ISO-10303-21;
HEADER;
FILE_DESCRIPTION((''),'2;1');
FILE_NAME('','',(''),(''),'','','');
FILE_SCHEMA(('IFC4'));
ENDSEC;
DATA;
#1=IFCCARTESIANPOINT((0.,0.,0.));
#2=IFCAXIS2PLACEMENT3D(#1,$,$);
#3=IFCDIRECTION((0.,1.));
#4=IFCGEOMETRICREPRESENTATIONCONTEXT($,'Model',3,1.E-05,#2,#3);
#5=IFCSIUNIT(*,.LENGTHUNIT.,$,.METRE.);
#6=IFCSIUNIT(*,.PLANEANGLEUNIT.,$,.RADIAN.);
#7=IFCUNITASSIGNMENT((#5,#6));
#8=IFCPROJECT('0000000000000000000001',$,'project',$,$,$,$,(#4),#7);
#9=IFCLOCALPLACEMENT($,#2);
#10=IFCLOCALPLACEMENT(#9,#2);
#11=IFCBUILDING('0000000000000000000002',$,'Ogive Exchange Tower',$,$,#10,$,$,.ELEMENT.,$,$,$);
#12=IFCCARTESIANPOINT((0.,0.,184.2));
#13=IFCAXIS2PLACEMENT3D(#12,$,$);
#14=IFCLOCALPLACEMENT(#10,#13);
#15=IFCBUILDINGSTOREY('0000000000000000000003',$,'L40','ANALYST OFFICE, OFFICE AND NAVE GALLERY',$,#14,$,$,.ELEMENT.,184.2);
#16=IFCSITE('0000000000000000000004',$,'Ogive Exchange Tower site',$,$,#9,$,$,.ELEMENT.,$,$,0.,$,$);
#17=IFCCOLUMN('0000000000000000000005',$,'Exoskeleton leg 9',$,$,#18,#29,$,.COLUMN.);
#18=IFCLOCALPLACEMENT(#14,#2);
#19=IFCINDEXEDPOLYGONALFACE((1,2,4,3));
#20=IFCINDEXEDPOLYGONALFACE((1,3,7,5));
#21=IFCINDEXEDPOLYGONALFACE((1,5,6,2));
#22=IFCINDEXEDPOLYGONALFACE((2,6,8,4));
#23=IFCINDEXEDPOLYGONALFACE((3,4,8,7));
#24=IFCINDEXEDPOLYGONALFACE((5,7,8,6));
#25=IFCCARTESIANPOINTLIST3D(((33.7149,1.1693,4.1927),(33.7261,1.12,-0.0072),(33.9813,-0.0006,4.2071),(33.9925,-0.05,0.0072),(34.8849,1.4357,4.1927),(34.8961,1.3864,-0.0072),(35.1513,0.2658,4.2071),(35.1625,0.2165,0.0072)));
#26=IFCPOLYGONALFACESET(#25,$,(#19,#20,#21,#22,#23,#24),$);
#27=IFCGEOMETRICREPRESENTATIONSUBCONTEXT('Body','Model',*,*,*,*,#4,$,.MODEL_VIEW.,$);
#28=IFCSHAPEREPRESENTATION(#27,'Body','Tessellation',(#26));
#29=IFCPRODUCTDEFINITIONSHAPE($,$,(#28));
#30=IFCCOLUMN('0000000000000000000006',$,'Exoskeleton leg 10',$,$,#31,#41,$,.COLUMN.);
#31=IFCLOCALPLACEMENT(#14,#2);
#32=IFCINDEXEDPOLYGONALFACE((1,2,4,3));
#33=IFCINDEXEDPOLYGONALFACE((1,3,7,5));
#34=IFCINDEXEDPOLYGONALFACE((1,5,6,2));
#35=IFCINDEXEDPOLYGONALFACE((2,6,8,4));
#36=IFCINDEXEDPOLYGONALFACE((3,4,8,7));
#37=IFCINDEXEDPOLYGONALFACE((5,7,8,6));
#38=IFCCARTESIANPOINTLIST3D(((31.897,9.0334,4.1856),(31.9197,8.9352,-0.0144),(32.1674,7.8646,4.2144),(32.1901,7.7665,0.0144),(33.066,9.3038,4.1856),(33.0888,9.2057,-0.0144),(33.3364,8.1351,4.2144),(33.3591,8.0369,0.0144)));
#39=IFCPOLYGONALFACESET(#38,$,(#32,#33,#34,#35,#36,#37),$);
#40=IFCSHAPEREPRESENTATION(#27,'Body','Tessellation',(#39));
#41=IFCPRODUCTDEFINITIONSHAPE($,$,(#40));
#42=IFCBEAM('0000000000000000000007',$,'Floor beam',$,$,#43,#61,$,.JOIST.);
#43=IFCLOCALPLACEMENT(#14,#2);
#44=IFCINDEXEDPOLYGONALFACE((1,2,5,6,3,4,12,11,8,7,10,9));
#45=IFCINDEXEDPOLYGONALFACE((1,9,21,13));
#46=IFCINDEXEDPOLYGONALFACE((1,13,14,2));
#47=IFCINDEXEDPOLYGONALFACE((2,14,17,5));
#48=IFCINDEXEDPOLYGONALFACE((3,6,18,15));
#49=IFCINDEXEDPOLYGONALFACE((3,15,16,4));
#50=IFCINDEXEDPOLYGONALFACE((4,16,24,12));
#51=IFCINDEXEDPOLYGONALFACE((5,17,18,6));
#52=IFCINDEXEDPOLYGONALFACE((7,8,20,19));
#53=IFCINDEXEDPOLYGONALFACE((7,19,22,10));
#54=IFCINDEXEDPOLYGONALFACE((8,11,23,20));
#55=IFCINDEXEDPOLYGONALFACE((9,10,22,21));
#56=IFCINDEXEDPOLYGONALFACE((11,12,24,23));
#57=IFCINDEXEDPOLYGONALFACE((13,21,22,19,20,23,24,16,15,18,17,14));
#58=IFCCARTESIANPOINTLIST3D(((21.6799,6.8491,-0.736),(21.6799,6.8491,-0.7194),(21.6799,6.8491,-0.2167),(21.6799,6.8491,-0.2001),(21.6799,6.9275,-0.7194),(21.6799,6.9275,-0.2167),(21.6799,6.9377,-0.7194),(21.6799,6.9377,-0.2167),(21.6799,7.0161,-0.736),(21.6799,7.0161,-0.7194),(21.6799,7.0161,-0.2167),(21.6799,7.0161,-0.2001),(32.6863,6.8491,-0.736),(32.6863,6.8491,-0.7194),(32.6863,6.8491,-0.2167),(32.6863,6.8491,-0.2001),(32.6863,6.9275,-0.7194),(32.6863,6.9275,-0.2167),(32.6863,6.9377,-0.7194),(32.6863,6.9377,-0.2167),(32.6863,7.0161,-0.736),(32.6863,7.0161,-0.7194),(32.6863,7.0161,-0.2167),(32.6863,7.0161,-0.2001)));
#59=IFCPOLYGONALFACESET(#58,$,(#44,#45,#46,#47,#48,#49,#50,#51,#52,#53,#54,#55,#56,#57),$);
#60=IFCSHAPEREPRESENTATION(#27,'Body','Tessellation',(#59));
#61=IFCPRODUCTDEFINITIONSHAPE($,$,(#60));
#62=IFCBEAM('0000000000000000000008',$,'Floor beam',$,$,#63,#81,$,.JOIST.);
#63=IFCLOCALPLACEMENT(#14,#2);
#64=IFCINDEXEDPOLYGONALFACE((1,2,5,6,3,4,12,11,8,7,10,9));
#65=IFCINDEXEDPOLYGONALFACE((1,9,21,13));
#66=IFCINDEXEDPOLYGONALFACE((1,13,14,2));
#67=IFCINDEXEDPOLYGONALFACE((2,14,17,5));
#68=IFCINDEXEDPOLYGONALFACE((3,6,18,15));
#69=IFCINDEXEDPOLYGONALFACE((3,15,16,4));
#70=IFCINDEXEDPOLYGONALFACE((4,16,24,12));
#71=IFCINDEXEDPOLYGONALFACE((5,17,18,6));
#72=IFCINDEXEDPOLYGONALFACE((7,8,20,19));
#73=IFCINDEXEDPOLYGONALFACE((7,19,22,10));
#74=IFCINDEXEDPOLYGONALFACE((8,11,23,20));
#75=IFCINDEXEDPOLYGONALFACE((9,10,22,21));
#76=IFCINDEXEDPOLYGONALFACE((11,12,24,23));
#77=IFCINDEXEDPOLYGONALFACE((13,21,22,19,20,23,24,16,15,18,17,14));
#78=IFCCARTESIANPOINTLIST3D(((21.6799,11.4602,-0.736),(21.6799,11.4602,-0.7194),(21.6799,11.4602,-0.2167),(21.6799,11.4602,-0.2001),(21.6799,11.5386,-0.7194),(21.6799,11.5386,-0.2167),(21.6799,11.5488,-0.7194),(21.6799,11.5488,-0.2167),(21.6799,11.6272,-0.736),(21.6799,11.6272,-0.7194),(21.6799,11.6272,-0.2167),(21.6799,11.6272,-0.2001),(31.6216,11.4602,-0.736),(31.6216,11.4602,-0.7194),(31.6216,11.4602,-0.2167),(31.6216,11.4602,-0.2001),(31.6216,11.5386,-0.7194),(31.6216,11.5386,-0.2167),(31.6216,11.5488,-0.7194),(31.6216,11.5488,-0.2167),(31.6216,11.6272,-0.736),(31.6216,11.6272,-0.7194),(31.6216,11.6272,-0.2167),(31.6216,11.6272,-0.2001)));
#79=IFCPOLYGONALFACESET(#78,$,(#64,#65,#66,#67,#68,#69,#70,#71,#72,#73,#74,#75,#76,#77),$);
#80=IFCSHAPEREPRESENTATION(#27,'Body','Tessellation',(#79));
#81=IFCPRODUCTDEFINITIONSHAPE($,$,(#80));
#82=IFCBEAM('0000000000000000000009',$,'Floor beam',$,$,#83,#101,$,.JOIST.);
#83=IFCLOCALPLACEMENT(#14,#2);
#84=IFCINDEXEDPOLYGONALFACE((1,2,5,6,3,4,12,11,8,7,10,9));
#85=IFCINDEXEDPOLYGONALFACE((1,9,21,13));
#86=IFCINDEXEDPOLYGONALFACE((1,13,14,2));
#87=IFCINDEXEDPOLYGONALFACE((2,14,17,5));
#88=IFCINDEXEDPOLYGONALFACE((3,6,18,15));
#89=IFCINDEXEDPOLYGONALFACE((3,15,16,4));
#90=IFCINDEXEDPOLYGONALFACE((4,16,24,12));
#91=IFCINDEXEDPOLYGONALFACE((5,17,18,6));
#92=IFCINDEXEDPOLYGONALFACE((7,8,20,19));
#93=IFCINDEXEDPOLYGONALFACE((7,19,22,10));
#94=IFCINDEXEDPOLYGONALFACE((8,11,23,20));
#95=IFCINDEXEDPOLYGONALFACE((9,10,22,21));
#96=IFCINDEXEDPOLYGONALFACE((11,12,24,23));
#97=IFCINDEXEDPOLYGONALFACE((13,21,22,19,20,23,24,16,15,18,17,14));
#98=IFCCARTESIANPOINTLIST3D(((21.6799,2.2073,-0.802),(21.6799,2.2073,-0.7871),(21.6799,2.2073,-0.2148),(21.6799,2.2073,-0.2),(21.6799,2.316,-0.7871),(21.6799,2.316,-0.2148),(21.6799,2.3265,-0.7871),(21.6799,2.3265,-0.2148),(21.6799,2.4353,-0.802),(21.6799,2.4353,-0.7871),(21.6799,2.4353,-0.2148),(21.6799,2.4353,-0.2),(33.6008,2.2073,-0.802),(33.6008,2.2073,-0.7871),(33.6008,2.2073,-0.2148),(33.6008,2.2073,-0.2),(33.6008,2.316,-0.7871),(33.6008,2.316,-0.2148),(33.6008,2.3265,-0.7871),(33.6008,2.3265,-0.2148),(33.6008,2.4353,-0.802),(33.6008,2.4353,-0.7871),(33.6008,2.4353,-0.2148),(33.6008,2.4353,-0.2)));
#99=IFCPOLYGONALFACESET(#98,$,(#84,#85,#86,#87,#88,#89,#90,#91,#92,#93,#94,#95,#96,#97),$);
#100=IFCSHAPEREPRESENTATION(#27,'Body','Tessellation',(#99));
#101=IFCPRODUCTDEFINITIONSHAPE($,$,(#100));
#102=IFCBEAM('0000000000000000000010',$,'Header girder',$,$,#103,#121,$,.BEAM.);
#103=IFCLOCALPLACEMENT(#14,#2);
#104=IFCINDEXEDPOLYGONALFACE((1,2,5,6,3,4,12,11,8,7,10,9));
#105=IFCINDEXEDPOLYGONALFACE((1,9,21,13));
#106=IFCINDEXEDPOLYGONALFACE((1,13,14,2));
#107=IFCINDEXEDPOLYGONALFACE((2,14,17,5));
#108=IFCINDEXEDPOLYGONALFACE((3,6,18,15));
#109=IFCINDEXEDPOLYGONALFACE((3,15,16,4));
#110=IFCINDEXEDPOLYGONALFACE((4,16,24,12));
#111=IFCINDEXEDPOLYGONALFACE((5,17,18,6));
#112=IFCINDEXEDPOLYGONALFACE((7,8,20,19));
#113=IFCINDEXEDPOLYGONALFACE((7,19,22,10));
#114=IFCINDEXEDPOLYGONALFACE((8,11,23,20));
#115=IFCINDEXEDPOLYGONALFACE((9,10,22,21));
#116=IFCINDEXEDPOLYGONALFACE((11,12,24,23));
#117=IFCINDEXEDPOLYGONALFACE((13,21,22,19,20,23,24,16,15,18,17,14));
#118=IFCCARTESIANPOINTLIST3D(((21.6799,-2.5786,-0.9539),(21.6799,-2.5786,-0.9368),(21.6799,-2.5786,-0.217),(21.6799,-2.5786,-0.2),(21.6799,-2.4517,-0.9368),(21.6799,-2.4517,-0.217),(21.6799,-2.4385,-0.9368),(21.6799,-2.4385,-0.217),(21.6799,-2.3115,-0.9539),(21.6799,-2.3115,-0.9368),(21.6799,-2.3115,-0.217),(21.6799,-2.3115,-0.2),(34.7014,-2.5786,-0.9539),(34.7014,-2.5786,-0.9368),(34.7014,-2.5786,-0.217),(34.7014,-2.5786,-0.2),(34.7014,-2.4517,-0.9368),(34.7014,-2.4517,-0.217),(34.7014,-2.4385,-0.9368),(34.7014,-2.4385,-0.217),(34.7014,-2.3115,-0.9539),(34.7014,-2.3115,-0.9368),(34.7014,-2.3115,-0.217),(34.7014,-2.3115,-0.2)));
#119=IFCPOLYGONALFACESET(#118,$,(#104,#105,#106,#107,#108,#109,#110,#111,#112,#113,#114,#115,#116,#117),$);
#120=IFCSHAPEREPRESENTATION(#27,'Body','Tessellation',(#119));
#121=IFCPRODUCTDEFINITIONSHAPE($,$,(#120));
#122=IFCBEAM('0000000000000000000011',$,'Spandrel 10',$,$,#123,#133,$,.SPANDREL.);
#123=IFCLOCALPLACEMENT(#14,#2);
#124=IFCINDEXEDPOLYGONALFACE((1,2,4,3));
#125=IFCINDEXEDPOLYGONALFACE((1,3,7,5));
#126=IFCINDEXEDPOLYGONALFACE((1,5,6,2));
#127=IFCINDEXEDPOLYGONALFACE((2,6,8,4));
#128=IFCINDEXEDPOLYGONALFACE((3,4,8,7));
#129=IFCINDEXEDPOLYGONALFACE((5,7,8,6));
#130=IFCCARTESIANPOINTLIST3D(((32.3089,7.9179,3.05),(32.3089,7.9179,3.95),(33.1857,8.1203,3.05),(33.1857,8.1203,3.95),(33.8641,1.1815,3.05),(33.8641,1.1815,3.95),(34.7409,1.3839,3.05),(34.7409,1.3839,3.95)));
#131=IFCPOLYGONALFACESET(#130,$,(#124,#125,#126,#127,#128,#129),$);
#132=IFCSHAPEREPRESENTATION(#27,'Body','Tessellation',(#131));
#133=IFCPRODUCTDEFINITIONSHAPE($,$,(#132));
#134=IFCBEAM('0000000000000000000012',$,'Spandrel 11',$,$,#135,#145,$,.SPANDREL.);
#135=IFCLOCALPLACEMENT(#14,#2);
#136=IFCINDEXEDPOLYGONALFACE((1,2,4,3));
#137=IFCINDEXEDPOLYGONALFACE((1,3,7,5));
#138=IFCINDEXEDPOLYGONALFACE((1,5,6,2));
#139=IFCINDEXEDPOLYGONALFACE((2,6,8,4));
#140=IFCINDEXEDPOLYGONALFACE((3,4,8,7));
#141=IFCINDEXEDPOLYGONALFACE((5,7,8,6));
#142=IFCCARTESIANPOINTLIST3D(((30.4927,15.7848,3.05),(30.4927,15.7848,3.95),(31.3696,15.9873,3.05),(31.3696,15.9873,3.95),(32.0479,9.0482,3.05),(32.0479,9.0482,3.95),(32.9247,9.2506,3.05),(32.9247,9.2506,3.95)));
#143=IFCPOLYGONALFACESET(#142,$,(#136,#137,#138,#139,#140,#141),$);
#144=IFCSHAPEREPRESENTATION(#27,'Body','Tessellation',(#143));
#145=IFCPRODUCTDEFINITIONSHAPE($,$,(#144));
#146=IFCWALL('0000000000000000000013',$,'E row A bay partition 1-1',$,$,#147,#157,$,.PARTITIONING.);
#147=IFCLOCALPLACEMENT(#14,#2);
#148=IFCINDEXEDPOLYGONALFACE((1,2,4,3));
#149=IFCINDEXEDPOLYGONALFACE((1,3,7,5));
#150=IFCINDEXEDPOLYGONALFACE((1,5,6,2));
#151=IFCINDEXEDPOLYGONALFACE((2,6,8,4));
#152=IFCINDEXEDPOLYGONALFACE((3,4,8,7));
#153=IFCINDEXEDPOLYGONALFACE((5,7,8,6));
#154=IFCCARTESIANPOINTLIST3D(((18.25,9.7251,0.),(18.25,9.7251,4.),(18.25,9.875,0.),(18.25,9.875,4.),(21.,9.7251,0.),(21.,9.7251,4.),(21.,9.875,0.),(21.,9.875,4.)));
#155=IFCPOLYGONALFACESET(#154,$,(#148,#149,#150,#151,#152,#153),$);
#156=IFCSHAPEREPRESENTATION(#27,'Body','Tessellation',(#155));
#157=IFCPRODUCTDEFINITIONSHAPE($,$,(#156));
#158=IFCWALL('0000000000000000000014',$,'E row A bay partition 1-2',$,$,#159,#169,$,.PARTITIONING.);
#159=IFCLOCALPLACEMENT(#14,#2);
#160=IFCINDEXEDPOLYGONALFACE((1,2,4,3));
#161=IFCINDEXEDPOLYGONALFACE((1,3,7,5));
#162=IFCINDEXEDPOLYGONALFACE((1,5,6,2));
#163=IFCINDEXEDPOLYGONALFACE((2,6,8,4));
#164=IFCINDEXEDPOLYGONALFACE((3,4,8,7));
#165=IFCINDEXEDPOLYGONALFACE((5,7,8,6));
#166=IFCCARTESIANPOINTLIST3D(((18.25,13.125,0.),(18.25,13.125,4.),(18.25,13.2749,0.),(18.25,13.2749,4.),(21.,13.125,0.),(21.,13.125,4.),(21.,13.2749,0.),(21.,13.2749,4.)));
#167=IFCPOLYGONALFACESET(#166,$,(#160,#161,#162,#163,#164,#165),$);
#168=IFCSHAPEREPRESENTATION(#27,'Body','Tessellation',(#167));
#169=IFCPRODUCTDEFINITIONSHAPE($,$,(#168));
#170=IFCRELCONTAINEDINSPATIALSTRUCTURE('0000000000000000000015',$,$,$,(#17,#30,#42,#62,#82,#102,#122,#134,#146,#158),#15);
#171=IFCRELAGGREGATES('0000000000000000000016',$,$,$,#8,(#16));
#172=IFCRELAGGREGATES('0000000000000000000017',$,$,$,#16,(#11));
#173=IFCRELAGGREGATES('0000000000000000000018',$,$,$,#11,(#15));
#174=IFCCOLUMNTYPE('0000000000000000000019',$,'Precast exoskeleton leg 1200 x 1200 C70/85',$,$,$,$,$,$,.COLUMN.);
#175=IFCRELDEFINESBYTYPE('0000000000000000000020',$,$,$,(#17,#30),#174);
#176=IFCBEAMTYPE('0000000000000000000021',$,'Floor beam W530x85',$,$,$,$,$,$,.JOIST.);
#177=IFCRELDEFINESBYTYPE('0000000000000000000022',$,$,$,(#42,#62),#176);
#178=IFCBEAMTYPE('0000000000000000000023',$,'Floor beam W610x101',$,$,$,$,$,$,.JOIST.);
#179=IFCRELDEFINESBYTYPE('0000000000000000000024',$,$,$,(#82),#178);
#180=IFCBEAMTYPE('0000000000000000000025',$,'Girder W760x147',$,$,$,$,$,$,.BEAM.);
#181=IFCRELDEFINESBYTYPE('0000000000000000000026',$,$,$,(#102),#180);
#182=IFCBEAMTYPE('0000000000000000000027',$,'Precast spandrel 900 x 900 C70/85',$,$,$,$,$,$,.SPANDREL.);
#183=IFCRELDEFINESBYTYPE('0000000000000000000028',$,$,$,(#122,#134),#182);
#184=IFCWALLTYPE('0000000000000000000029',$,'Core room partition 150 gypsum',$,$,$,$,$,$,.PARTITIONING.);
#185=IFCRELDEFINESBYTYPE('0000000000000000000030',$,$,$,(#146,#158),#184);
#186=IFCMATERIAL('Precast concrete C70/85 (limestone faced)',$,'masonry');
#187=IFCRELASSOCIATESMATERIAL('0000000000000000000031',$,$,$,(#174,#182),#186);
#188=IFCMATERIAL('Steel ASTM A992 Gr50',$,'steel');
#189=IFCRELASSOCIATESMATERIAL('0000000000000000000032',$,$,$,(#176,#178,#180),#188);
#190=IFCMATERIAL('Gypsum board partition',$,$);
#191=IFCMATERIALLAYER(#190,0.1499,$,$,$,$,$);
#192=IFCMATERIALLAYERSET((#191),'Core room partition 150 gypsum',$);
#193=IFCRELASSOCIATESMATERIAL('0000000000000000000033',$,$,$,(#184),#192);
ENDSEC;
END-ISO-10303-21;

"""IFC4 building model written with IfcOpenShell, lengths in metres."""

from ifc_helpers import new_model, si_unit, direction, frame, frame_2d, origin, origin_2d, place, context, subcontext, project, spatial, rectangle, i_section, extrude, material, layer, layer_set, material_profile, profile_set, type_object, element, save


model = new_model("IFC4")

# Units and contexts
model_context = context("Model", 3, precision=1e-05, world=origin(), true_north=direction((0.0, 1.0)))
body_context = subcontext(model_context, "Body", "Model", "MODEL_VIEW")
ifc_project = project(units=[si_unit("LENGTHUNIT", "METRE"), si_unit("PLANEANGLEUNIT", "RADIAN")], contexts=[model_context])

# Site, building, storey
site_placement = place(None, origin())
site = spatial("IfcSite", under=ifc_project, at=site_placement, Name="Ogive Exchange Tower site", CompositionType="ELEMENT", RefElevation=0.0)
building_placement = place(site_placement, origin())
building = spatial("IfcBuilding", under=site, at=building_placement, Name="Ogive Exchange Tower", CompositionType="ELEMENT")
storey_placement = place(building_placement, frame((0.0, 0.0, 184.2)))
storey = spatial("IfcBuildingStorey", under=building, at=storey_placement, Name="L40", Description="ANALYST OFFICE, OFFICE AND NAVE GALLERY", CompositionType="ELEMENT", Elevation=184.2)

# Columns
ifc_material_1 = material(Name="Precast concrete C70/85 (limestone faced)", Category="masonry")
ifc_material_profile_1 = material_profile(ifc_material_1, rectangle(XDim=1.2, YDim=1.2, at=origin_2d()), Name="1200 x 1200")
ifc_profile_set_1 = profile_set([ifc_material_profile_1], Name="Precast concrete C70/85 (limestone faced)")
column_type = type_object("IfcColumnType", Name="Precast exoskeleton leg 1200 x 1200 C70/85", PredefinedType="COLUMN", material=ifc_profile_set_1)
column_1_placement = place(storey_placement, frame((34.4443, 0.6682, 0.0), z_axis=(-0.002674, 0.011741, 0.999927), x_axis=(-0.975038, -0.222038, 0.0)))
element("IfcColumn", 1, at=column_1_placement, inside=storey, type_object=column_type, Name="Exoskeleton leg 9", PredefinedType="COLUMN", context=body_context, shape_type="SweptSolid", body=[
    extrude(rectangle(XDim=1.2, YDim=1.2, at=origin_2d()), origin(), (0.0, 0.0, 1.0), 4.2002),
])
column_2_placement = place(storey_placement, frame((32.6394, 8.4861, 0.0), z_axis=(-0.005404, 0.023361, 0.999712), x_axis=(-0.974269, -0.22539, 0.0)))
element("IfcColumn", 2, at=column_2_placement, inside=storey, type_object=column_type, Name="Exoskeleton leg 10", PredefinedType="COLUMN", context=body_context, shape_type="SweptSolid", body=[
    extrude(rectangle(XDim=1.2, YDim=1.2, at=origin_2d()), origin(), (0.0, 0.0, 1.0), 4.2012),
])

# Beams
ifc_material_2 = material(Name="Steel ASTM A992 Gr50", Category="steel")
ifc_material_profile_2 = material_profile(ifc_material_2, i_section(OverallWidth=0.167, OverallDepth=0.5359, WebThickness=0.0103, FlangeThickness=0.0166, at=origin_2d()), Name="W530x85")
ifc_profile_set_2 = profile_set([ifc_material_profile_2], Name="Steel ASTM A992 Gr50")
beam_type_1 = type_object("IfcBeamType", Name="Floor beam W530x85", PredefinedType="JOIST", material=ifc_profile_set_2)
beam_1_placement = place(storey_placement, frame((21.6799, 6.9326, -0.468), z_axis=(1.0, 0.0, 0.0), x_axis=(0.0, 1.0, 0.0)))
element("IfcBeam", 3, at=beam_1_placement, inside=storey, type_object=beam_type_1, Name="Floor beam", PredefinedType="JOIST", context=body_context, shape_type="SweptSolid", body=[
    extrude(i_section(OverallWidth=0.167, OverallDepth=0.5359, WebThickness=0.0103, FlangeThickness=0.0166, at=origin_2d()), origin(), (0.0, 0.0, 1.0), 11.0063),
])
beam_2_placement = place(storey_placement, frame((21.6799, 11.5437, -0.468), z_axis=(1.0, 0.0, 0.0), x_axis=(0.0, 1.0, 0.0)))
element("IfcBeam", 4, at=beam_2_placement, inside=storey, type_object=beam_type_1, Name="Floor beam", PredefinedType="JOIST", context=body_context, shape_type="SweptSolid", body=[
    extrude(i_section(OverallWidth=0.167, OverallDepth=0.5359, WebThickness=0.0103, FlangeThickness=0.0166, at=origin_2d()), origin(), (0.0, 0.0, 1.0), 9.9417),
])
ifc_material_profile_3 = material_profile(ifc_material_2, i_section(OverallWidth=0.228, OverallDepth=0.6021, WebThickness=0.0105, FlangeThickness=0.0149, at=origin_2d()), Name="W610x101")
ifc_profile_set_3 = profile_set([ifc_material_profile_3], Name="Steel ASTM A992 Gr50")
beam_type_2 = type_object("IfcBeamType", Name="Floor beam W610x101", PredefinedType="JOIST", material=ifc_profile_set_3)
beam_3_placement = place(storey_placement, frame((21.6799, 2.3213, -0.501), z_axis=(1.0, 0.0, 0.0), x_axis=(0.0, 1.0, 0.0)))
element("IfcBeam", 5, at=beam_3_placement, inside=storey, type_object=beam_type_2, Name="Floor beam", PredefinedType="JOIST", context=body_context, shape_type="SweptSolid", body=[
    extrude(i_section(OverallWidth=0.228, OverallDepth=0.6021, WebThickness=0.0105, FlangeThickness=0.0149, at=origin_2d()), origin(), (0.0, 0.0, 1.0), 11.9209),
])
ifc_material_profile_4 = material_profile(ifc_material_2, i_section(OverallWidth=0.2671, OverallDepth=0.7539, WebThickness=0.0132, FlangeThickness=0.0171, at=origin_2d()), Name="W760x147")
ifc_profile_set_4 = profile_set([ifc_material_profile_4], Name="Steel ASTM A992 Gr50")
beam_type_3 = type_object("IfcBeamType", Name="Girder W760x147", PredefinedType="BEAM", material=ifc_profile_set_4)
beam_4_placement = place(storey_placement, frame((21.6799, -2.4451, -0.5769), z_axis=(1.0, 0.0, 0.0), x_axis=(0.0, 1.0, 0.0)))
element("IfcBeam", 6, at=beam_4_placement, inside=storey, type_object=beam_type_3, Name="Header girder", PredefinedType="BEAM", context=body_context, shape_type="SweptSolid", body=[
    extrude(i_section(OverallWidth=0.2671, OverallDepth=0.7539, WebThickness=0.0132, FlangeThickness=0.0171, at=origin_2d()), origin(), (0.0, 0.0, 1.0), 13.0215),
])
ifc_material_profile_5 = material_profile(ifc_material_1, rectangle(XDim=0.8999, YDim=0.8999, at=origin_2d()), Name="900 x 900")
ifc_profile_set_5 = profile_set([ifc_material_profile_5], Name="Precast concrete C70/85 (limestone faced)")
beam_type_4 = type_object("IfcBeamType", Name="Precast spandrel 900 x 900 C70/85", PredefinedType="SPANDREL", material=ifc_profile_set_5)
beam_5_placement = place(storey_placement, frame((34.3025, 1.2827, 3.5), z_axis=(-0.224947, 0.974371, 0.0), x_axis=(-0.974371, -0.224947, 0.0)))
element("IfcBeam", 7, at=beam_5_placement, inside=storey, type_object=beam_type_4, Name="Spandrel 10", PredefinedType="SPANDREL", context=body_context, shape_type="SweptSolid", body=[
    extrude(rectangle(XDim=0.8999, YDim=0.8999, at=origin_2d()), origin(), (0.0, 0.0, 1.0), 6.9136),
])
beam_6_placement = place(storey_placement, frame((32.4863, 9.1494, 3.5), z_axis=(-0.224939, 0.974373, 0.0), x_axis=(-0.974373, -0.224939, 0.0)))
element("IfcBeam", 8, at=beam_6_placement, inside=storey, type_object=beam_type_4, Name="Spandrel 11", PredefinedType="SPANDREL", context=body_context, shape_type="SweptSolid", body=[
    extrude(rectangle(XDim=0.8999, YDim=0.8999, at=origin_2d()), origin(), (0.0, 0.0, 1.0), 6.9138),
])

# Walls
ifc_material_3 = material(Name="Gypsum board partition")
ifc_layer_1 = layer(ifc_material_3, 0.1499)
ifc_layer_set_1 = layer_set([ifc_layer_1], Name="Core room partition 150 gypsum")
wall_type_1 = type_object("IfcWallType", Name="Core room partition 150 gypsum", PredefinedType="PARTITIONING", material=ifc_layer_set_1)
for number, where, z_axis, x_axis, name in (
    (9, (18.25, 9.8, 0.0), (0.0, 0.0, 1.0), (1.0, 0.0, 0.0), "E row A bay partition 1-1"),
    (10, (18.25, 13.2, 0.0), (0.0, 0.0, 1.0), (1.0, 0.0, 0.0), "E row A bay partition 1-2"),
):
    element("IfcWall", number, at=place(storey_placement, frame(where, z_axis=z_axis, x_axis=x_axis)), inside=storey, type_object=wall_type_1, Name=name, PredefinedType="PARTITIONING", context=body_context, shape_type="SweptSolid", body=[
        extrude(rectangle(XDim=2.75, YDim=0.1499, at=frame_2d((1.375, 0.0))), origin(), (0.0, 0.0, 1.0), 4.0),
    ])

save(model, "model.ifc")
